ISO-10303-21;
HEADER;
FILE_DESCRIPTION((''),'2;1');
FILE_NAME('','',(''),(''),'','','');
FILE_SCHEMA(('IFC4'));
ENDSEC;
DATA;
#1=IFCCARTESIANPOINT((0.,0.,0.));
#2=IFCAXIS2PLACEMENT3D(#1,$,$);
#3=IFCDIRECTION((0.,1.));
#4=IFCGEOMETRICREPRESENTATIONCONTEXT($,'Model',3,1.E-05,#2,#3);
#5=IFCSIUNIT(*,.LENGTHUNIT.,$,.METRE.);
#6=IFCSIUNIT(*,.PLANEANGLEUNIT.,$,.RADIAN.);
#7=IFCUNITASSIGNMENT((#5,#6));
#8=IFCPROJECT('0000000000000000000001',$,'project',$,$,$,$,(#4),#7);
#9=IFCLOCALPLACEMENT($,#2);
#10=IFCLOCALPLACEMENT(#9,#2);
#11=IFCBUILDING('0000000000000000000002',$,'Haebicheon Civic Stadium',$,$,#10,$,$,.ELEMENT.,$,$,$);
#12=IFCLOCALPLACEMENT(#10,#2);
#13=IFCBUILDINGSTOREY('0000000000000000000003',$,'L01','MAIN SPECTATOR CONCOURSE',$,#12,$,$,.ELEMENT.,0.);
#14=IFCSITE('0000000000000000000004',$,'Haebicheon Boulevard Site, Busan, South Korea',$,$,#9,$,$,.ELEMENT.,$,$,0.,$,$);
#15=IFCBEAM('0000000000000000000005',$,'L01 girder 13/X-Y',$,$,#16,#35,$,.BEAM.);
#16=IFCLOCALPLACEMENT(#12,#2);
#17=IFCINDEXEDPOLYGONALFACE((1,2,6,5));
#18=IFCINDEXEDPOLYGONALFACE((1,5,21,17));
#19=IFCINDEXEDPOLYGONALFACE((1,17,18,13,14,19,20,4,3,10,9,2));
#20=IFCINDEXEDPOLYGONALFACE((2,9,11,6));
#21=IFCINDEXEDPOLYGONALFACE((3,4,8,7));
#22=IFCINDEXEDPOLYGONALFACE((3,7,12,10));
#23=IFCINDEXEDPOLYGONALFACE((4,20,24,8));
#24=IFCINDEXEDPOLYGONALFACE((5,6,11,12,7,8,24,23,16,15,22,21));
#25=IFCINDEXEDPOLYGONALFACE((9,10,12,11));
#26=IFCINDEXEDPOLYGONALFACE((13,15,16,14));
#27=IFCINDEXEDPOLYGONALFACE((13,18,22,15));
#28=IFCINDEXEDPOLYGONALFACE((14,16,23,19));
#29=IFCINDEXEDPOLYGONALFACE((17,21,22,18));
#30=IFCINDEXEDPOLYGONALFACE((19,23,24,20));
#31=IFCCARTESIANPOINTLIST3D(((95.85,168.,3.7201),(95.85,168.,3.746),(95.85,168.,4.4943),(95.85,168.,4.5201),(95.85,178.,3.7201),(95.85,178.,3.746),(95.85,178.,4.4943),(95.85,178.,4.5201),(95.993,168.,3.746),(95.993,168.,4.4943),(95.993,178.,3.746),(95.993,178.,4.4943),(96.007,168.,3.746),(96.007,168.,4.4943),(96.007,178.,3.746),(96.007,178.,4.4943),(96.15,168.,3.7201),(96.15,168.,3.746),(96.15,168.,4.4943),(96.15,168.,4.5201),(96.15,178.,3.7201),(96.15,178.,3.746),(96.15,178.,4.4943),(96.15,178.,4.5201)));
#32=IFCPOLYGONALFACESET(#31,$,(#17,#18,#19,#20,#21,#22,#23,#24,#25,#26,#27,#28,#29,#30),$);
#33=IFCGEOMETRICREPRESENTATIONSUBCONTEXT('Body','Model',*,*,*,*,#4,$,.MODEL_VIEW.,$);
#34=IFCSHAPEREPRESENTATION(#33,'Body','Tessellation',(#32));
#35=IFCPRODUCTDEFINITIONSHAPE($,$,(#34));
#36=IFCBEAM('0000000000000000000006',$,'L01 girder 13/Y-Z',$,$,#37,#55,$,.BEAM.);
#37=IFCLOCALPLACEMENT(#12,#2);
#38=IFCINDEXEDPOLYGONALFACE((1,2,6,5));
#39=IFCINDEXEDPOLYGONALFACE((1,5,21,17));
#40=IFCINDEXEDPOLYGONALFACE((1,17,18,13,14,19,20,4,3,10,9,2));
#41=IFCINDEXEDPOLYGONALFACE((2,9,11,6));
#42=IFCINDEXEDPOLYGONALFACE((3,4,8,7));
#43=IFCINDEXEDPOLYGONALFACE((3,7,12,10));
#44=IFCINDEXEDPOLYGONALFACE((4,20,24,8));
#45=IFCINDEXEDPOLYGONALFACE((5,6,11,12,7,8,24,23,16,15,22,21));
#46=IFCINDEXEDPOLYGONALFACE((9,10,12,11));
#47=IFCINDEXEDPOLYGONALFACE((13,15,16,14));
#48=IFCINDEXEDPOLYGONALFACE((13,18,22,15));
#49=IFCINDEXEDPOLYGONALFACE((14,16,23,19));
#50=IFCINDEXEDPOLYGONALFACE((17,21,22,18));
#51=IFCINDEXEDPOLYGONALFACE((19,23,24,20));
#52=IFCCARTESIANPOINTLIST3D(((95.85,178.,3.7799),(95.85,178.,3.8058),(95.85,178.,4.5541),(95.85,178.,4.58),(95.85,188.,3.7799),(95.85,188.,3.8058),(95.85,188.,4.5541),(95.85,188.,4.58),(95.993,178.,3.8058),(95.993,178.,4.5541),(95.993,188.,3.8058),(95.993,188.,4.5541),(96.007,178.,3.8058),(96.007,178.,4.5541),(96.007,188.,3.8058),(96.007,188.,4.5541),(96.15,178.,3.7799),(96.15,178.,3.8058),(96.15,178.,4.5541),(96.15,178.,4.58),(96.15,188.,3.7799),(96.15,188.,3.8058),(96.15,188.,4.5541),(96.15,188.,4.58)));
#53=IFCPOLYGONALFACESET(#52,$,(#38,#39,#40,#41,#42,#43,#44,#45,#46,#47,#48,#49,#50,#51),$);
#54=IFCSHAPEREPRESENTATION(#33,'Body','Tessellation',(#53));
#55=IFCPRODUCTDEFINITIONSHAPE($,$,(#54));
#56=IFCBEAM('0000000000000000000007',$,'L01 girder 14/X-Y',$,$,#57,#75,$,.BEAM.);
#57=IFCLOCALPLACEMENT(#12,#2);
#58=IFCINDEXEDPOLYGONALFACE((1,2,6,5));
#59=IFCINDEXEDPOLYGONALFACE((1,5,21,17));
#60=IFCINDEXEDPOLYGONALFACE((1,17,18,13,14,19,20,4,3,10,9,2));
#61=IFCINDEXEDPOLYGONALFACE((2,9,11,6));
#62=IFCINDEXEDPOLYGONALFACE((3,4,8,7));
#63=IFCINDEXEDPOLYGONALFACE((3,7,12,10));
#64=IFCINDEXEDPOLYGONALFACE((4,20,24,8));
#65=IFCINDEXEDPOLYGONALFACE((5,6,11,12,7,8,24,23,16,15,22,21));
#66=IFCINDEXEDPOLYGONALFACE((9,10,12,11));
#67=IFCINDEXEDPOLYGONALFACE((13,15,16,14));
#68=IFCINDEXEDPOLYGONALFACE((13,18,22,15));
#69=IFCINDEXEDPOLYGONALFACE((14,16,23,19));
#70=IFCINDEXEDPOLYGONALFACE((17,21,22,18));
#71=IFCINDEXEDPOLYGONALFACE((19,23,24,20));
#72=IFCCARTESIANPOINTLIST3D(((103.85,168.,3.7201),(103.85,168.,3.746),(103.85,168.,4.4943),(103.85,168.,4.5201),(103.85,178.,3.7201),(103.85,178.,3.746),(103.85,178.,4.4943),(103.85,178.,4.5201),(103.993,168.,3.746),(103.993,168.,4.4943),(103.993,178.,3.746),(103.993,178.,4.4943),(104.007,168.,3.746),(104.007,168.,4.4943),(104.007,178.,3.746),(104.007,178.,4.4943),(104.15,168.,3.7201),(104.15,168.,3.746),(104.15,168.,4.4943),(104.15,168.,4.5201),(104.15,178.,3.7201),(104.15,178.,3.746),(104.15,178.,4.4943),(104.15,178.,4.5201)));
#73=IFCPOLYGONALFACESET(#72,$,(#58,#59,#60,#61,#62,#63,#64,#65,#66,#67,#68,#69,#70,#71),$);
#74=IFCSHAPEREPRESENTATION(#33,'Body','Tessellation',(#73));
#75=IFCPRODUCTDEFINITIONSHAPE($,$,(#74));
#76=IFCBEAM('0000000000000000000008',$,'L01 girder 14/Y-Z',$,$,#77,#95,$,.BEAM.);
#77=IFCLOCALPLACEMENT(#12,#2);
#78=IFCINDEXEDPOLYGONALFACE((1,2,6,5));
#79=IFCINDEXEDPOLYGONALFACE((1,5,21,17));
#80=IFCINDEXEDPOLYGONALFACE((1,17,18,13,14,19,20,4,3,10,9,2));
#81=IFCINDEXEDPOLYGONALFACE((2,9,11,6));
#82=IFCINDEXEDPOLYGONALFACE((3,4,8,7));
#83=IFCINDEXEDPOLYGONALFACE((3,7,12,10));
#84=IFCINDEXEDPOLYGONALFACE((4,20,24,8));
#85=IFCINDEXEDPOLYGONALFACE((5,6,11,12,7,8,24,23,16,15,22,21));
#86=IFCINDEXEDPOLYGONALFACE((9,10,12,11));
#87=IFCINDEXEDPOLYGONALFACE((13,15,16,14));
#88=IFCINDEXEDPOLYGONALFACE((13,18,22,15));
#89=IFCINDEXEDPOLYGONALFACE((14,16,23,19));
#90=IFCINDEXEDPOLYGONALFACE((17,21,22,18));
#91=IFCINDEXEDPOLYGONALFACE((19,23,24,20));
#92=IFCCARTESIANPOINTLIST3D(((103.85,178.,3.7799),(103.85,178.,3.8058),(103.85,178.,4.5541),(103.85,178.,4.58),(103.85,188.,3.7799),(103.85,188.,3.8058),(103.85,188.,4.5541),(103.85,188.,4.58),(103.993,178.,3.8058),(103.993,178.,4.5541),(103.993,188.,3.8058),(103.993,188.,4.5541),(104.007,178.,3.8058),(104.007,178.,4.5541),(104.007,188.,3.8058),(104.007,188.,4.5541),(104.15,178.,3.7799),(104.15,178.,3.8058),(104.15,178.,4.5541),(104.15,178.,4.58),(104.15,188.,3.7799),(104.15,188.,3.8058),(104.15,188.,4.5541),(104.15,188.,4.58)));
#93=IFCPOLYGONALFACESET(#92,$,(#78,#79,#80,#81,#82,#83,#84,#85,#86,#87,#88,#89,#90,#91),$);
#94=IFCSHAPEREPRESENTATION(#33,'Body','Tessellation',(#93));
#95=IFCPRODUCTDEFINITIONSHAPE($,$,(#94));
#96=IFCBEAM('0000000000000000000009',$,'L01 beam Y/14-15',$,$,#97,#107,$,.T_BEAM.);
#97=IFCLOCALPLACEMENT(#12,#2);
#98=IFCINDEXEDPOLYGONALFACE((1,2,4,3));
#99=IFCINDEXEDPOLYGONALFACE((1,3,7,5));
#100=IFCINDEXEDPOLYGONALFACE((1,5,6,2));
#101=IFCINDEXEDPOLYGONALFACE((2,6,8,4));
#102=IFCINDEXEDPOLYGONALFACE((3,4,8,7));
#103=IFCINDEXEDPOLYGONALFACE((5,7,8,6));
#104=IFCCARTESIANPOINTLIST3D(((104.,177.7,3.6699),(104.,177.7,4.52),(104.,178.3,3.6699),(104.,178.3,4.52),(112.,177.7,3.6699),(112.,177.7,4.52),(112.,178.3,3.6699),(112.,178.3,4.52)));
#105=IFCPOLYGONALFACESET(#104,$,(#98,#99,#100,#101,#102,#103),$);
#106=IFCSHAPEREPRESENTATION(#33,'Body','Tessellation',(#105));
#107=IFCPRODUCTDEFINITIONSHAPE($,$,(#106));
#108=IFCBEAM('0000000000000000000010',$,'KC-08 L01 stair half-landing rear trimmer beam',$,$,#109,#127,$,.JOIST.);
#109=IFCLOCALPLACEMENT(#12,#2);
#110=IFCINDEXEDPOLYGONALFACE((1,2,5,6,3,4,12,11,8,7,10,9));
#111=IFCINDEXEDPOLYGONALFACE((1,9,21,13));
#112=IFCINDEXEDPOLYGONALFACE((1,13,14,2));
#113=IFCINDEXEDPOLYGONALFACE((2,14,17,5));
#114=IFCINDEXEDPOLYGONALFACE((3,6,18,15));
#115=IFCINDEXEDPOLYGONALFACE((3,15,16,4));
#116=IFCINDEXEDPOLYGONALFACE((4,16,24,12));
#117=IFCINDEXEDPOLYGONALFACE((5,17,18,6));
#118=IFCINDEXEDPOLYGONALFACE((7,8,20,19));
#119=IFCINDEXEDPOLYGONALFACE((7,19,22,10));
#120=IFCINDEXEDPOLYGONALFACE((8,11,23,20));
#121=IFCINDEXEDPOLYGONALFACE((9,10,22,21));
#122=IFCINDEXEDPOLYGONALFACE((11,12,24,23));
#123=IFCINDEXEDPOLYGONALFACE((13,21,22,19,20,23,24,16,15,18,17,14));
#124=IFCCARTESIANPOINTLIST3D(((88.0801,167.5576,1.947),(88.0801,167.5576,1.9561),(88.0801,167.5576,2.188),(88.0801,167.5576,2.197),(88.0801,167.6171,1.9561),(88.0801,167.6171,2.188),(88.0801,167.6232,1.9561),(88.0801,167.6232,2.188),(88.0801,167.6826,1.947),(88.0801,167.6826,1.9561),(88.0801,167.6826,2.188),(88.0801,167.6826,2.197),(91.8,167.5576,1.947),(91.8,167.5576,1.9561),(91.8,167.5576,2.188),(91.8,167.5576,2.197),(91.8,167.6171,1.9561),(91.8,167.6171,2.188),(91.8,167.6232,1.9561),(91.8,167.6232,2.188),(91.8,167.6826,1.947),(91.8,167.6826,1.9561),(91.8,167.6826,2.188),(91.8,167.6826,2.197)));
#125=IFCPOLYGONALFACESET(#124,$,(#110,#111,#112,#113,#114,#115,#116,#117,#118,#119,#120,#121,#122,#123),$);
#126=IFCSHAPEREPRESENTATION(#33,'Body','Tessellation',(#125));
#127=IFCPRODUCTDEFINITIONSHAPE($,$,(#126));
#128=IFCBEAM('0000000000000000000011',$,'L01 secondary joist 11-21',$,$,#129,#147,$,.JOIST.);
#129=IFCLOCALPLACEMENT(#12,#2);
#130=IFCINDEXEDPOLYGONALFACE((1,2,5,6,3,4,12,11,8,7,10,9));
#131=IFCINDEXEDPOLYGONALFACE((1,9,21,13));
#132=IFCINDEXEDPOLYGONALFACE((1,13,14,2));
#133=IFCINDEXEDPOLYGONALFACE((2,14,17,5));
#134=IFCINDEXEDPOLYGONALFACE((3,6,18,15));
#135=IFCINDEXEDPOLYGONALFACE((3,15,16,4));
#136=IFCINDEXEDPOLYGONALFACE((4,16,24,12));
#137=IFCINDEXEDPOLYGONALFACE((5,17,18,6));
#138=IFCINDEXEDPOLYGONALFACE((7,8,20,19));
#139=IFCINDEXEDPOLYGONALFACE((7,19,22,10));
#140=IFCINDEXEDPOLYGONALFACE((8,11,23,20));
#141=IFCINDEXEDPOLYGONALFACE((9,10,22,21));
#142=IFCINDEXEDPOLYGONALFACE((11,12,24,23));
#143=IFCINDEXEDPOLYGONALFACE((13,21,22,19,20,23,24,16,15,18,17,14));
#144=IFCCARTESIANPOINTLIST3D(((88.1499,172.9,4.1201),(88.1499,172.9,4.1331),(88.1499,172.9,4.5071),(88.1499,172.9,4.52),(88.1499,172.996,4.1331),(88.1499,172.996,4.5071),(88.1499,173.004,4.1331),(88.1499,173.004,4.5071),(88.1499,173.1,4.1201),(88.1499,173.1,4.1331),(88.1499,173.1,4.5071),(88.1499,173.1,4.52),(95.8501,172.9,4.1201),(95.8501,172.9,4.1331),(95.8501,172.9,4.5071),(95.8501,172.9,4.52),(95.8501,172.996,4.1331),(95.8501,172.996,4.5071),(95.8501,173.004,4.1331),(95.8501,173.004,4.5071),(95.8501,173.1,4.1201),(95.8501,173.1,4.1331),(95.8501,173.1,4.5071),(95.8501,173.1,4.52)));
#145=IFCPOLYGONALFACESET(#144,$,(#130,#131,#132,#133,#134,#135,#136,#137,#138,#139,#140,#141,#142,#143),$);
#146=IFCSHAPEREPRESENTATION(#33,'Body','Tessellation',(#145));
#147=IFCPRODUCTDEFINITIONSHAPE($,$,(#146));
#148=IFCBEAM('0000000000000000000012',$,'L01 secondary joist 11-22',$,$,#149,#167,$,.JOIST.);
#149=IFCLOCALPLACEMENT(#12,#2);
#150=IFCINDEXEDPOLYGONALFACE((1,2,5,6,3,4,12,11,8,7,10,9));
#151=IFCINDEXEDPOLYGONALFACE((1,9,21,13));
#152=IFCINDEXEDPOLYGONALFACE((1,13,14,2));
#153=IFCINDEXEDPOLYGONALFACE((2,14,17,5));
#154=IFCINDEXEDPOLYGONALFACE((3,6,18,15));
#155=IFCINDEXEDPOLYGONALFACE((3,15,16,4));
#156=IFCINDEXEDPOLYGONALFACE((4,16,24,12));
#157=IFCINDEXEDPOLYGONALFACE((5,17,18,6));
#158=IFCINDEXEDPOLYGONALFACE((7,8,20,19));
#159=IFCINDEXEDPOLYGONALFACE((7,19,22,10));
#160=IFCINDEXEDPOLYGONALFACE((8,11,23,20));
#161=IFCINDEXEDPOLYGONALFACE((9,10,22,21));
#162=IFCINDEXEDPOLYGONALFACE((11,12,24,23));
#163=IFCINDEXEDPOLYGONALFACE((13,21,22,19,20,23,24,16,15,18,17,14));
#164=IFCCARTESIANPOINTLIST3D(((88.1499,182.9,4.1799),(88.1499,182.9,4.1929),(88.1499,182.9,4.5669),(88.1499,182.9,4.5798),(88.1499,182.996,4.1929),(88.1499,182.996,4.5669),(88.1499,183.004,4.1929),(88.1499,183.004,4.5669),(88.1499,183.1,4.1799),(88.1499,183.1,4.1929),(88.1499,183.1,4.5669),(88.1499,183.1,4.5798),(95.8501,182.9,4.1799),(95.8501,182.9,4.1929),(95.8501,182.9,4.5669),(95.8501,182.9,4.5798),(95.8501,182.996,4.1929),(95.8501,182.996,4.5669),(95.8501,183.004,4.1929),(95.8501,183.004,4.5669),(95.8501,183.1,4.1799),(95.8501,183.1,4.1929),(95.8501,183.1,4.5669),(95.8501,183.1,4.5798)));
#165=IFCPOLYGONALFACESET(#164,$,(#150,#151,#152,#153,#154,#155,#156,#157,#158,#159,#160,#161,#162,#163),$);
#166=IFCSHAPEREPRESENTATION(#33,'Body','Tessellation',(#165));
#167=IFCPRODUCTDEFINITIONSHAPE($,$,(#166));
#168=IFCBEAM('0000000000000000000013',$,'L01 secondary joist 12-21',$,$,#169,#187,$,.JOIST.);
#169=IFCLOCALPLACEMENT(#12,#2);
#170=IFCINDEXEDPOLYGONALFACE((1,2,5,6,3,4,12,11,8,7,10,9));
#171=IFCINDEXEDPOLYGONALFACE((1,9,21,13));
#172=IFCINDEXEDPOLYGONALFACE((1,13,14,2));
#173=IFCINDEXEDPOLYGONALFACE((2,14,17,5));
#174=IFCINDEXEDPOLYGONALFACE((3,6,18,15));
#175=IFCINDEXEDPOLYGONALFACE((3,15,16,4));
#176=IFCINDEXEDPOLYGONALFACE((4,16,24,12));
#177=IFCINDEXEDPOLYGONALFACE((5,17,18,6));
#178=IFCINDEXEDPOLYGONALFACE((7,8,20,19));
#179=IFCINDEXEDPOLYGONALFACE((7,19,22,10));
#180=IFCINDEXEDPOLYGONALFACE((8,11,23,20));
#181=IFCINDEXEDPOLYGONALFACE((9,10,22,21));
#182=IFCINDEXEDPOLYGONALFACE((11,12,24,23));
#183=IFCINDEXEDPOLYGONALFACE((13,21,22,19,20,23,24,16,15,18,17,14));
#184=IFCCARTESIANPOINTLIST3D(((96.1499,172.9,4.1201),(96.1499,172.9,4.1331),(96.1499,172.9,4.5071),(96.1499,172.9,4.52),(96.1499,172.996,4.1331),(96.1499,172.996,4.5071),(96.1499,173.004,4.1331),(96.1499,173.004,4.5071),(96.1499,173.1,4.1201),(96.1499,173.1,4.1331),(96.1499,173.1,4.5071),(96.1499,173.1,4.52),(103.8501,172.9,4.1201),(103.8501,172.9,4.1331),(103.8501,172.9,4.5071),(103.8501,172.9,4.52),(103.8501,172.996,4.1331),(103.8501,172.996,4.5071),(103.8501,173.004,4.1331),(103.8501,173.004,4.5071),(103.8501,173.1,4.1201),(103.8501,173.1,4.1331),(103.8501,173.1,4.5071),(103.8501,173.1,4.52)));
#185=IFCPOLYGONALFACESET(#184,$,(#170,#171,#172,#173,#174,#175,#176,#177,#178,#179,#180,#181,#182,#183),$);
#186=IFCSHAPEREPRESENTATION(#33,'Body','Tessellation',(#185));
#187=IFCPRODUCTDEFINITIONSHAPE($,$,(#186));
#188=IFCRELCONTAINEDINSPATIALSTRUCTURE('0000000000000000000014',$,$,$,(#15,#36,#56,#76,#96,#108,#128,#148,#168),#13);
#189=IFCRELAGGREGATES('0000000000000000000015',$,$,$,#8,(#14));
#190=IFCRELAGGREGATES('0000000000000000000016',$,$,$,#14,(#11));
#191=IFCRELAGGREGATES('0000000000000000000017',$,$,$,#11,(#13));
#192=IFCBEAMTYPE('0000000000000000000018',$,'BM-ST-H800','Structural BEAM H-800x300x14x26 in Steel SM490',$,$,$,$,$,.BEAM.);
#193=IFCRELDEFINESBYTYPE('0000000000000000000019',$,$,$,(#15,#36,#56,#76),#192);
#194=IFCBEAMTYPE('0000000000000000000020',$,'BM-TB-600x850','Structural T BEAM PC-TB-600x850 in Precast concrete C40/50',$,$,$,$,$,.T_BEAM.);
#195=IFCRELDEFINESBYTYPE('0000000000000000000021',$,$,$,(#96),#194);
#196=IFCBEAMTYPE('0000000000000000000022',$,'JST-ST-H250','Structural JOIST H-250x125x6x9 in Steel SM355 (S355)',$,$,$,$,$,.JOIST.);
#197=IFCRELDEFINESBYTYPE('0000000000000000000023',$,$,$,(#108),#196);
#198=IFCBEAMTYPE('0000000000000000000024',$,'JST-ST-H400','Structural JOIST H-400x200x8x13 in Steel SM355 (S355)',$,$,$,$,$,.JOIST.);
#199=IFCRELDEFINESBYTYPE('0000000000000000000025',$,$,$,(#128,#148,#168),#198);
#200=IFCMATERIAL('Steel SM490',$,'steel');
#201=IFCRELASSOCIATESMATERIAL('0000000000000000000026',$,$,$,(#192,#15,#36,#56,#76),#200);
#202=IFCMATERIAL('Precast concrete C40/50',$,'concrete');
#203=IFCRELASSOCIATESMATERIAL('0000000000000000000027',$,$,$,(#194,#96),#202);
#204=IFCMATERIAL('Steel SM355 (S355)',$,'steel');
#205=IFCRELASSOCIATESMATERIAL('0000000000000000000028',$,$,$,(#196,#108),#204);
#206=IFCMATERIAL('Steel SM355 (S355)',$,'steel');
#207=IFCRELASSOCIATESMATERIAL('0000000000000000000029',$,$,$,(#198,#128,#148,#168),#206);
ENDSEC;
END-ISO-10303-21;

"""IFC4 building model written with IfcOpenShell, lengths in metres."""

from ifc_helpers import new_model, si_unit, direction, frame, origin, origin_2d, place, context, subcontext, project, spatial, rectangle, i_section, extrude, material, material_profile, profile_set, type_object, element, save


model = new_model("IFC4")

# Units and contexts
model_context = context("Model", 3, precision=1e-05, world=origin(), true_north=direction((0.0, 1.0)))
body_context = subcontext(model_context, "Body", "Model", "MODEL_VIEW")
ifc_project = project(units=[si_unit("LENGTHUNIT", "METRE"), si_unit("PLANEANGLEUNIT", "RADIAN")], contexts=[model_context])

# Site, building, storey
site_placement = place(None, origin())
site = spatial("IfcSite", under=ifc_project, at=site_placement, Name="Haebicheon Boulevard Site, Busan, South Korea", CompositionType="ELEMENT", RefElevation=0.0)
building_placement = place(site_placement, origin())
building = spatial("IfcBuilding", under=site, at=building_placement, Name="Haebicheon Civic Stadium", CompositionType="ELEMENT")
storey_placement = place(building_placement, origin())
storey = spatial("IfcBuildingStorey", under=building, at=storey_placement, Name="L01", Description="MAIN SPECTATOR CONCOURSE", CompositionType="ELEMENT", Elevation=0.0)

# Beams
ifc_material_1 = material(Name="Steel SM490", Category="steel")
ifc_material_profile_1 = material_profile(ifc_material_1, i_section(OverallWidth=0.3, OverallDepth=0.8, WebThickness=0.0139, FlangeThickness=0.0259, at=origin_2d()), Name="H-800x300x14x26")
ifc_profile_set_1 = profile_set([ifc_material_profile_1], Name="Steel SM490")
beam_type_1 = type_object("IfcBeamType", Name="BM-ST-H800", Description="Structural BEAM H-800x300x14x26 in Steel SM490", PredefinedType="BEAM", material=ifc_profile_set_1)
for number, where, z_axis, x_axis, name in (
    (1, (96.0, 168.0, 4.1201), (0.0, 1.0, 0.0), (-1.0, 0.0, 0.0), "L01 girder 13/X-Y"),
    (2, (96.0, 178.0, 4.1799), (0.0, 1.0, 0.0), (-1.0, 0.0, 0.0), "L01 girder 13/Y-Z"),
    (3, (104.0, 168.0, 4.1201), (0.0, 1.0, 0.0), (-1.0, 0.0, 0.0), "L01 girder 14/X-Y"),
    (4, (104.0, 178.0, 4.1799), (0.0, 1.0, 0.0), (-1.0, 0.0, 0.0), "L01 girder 14/Y-Z"),
):
    element("IfcBeam", number, at=place(storey_placement, frame(where, z_axis=z_axis, x_axis=x_axis)), inside=storey, type_object=beam_type_1, material=ifc_profile_set_1, Name=name, PredefinedType="BEAM", context=body_context, shape_type="SweptSolid", body=[
        extrude(i_section(OverallWidth=0.3, OverallDepth=0.8, WebThickness=0.0139, FlangeThickness=0.0259, at=origin_2d()), origin(), (0.0, 0.0, 1.0), 10.0),
    ])
ifc_material_2 = material(Name="Precast concrete C40/50", Category="concrete")
ifc_material_profile_2 = material_profile(ifc_material_2, rectangle(XDim=0.6001, YDim=0.8501, at=origin_2d()), Name="PC-TB-600x850")
ifc_profile_set_2 = profile_set([ifc_material_profile_2], Name="Precast concrete C40/50")
beam_type_2 = type_object("IfcBeamType", Name="BM-TB-600x850", Description="Structural T BEAM PC-TB-600x850 in Precast concrete C40/50", PredefinedType="T_BEAM", material=ifc_profile_set_2)
beam_1_placement = place(storey_placement, frame((104.0, 178.0, 4.095), z_axis=(1.0, 0.0, 0.0), x_axis=(0.0, 1.0, 0.0)))
element("IfcBeam", 5, at=beam_1_placement, inside=storey, type_object=beam_type_2, material=ifc_profile_set_2, Name="L01 beam Y/14-15", PredefinedType="T_BEAM", context=body_context, shape_type="SweptSolid", body=[
    extrude(rectangle(XDim=0.6001, YDim=0.8501, at=origin_2d()), origin(), (0.0, 0.0, 1.0), 8.0),
])
ifc_material_3 = material(Name="Steel SM355 (S355)", Category="steel")
ifc_material_profile_3 = material_profile(ifc_material_3, i_section(OverallWidth=0.125, OverallDepth=0.25, WebThickness=0.0061, FlangeThickness=0.009, at=origin_2d()), Name="H-250x125x6x9")
ifc_profile_set_3 = profile_set([ifc_material_profile_3], Name="Steel SM355 (S355)")
beam_type_3 = type_object("IfcBeamType", Name="JST-ST-H250", Description="Structural JOIST H-250x125x6x9 in Steel SM355 (S355)", PredefinedType="JOIST", material=ifc_profile_set_3)
beam_2_placement = place(storey_placement, frame((88.0801, 167.6201, 2.072), z_axis=(1.0, 0.0, 0.0), x_axis=(0.0, 1.0, 0.0)))
element("IfcBeam", 6, at=beam_2_placement, inside=storey, type_object=beam_type_3, material=ifc_profile_set_3, Name="KC-08 L01 stair half-landing rear trimmer beam", PredefinedType="JOIST", context=body_context, shape_type="SweptSolid", body=[
    extrude(i_section(OverallWidth=0.125, OverallDepth=0.25, WebThickness=0.0061, FlangeThickness=0.009, at=origin_2d()), origin(), (0.0, 0.0, 1.0), 3.72),
])
ifc_material_4 = material(Name="Steel SM355 (S355)", Category="steel")
ifc_material_profile_4 = material_profile(ifc_material_4, i_section(OverallWidth=0.2, OverallDepth=0.3999, WebThickness=0.0081, FlangeThickness=0.0129, at=origin_2d()), Name="H-400x200x8x13")
ifc_profile_set_4 = profile_set([ifc_material_profile_4], Name="Steel SM355 (S355)")
beam_type_4 = type_object("IfcBeamType", Name="JST-ST-H400", Description="Structural JOIST H-400x200x8x13 in Steel SM355 (S355)", PredefinedType="JOIST", material=ifc_profile_set_4)
for number, where, z_axis, x_axis, name in (
    (7, (88.1499, 173.0, 4.3201), (1.0, 0.0, 0.0), (0.0, 1.0, 0.0), "L01 secondary joist 11-21"),
    (8, (88.1499, 183.0, 4.3799), (1.0, 0.0, 0.0), (0.0, 1.0, 0.0), "L01 secondary joist 11-22"),
    (9, (96.1499, 173.0, 4.3201), (1.0, 0.0, 0.0), (0.0, 1.0, 0.0), "L01 secondary joist 12-21"),
):
    element("IfcBeam", number, at=place(storey_placement, frame(where, z_axis=z_axis, x_axis=x_axis)), inside=storey, type_object=beam_type_4, material=ifc_profile_set_4, Name=name, PredefinedType="JOIST", context=body_context, shape_type="SweptSolid", body=[
        extrude(i_section(OverallWidth=0.2, OverallDepth=0.3999, WebThickness=0.0081, FlangeThickness=0.0129, at=origin_2d()), origin(), (0.0, 0.0, 1.0), 7.7002),
    ])

save(model, "model.ifc")
